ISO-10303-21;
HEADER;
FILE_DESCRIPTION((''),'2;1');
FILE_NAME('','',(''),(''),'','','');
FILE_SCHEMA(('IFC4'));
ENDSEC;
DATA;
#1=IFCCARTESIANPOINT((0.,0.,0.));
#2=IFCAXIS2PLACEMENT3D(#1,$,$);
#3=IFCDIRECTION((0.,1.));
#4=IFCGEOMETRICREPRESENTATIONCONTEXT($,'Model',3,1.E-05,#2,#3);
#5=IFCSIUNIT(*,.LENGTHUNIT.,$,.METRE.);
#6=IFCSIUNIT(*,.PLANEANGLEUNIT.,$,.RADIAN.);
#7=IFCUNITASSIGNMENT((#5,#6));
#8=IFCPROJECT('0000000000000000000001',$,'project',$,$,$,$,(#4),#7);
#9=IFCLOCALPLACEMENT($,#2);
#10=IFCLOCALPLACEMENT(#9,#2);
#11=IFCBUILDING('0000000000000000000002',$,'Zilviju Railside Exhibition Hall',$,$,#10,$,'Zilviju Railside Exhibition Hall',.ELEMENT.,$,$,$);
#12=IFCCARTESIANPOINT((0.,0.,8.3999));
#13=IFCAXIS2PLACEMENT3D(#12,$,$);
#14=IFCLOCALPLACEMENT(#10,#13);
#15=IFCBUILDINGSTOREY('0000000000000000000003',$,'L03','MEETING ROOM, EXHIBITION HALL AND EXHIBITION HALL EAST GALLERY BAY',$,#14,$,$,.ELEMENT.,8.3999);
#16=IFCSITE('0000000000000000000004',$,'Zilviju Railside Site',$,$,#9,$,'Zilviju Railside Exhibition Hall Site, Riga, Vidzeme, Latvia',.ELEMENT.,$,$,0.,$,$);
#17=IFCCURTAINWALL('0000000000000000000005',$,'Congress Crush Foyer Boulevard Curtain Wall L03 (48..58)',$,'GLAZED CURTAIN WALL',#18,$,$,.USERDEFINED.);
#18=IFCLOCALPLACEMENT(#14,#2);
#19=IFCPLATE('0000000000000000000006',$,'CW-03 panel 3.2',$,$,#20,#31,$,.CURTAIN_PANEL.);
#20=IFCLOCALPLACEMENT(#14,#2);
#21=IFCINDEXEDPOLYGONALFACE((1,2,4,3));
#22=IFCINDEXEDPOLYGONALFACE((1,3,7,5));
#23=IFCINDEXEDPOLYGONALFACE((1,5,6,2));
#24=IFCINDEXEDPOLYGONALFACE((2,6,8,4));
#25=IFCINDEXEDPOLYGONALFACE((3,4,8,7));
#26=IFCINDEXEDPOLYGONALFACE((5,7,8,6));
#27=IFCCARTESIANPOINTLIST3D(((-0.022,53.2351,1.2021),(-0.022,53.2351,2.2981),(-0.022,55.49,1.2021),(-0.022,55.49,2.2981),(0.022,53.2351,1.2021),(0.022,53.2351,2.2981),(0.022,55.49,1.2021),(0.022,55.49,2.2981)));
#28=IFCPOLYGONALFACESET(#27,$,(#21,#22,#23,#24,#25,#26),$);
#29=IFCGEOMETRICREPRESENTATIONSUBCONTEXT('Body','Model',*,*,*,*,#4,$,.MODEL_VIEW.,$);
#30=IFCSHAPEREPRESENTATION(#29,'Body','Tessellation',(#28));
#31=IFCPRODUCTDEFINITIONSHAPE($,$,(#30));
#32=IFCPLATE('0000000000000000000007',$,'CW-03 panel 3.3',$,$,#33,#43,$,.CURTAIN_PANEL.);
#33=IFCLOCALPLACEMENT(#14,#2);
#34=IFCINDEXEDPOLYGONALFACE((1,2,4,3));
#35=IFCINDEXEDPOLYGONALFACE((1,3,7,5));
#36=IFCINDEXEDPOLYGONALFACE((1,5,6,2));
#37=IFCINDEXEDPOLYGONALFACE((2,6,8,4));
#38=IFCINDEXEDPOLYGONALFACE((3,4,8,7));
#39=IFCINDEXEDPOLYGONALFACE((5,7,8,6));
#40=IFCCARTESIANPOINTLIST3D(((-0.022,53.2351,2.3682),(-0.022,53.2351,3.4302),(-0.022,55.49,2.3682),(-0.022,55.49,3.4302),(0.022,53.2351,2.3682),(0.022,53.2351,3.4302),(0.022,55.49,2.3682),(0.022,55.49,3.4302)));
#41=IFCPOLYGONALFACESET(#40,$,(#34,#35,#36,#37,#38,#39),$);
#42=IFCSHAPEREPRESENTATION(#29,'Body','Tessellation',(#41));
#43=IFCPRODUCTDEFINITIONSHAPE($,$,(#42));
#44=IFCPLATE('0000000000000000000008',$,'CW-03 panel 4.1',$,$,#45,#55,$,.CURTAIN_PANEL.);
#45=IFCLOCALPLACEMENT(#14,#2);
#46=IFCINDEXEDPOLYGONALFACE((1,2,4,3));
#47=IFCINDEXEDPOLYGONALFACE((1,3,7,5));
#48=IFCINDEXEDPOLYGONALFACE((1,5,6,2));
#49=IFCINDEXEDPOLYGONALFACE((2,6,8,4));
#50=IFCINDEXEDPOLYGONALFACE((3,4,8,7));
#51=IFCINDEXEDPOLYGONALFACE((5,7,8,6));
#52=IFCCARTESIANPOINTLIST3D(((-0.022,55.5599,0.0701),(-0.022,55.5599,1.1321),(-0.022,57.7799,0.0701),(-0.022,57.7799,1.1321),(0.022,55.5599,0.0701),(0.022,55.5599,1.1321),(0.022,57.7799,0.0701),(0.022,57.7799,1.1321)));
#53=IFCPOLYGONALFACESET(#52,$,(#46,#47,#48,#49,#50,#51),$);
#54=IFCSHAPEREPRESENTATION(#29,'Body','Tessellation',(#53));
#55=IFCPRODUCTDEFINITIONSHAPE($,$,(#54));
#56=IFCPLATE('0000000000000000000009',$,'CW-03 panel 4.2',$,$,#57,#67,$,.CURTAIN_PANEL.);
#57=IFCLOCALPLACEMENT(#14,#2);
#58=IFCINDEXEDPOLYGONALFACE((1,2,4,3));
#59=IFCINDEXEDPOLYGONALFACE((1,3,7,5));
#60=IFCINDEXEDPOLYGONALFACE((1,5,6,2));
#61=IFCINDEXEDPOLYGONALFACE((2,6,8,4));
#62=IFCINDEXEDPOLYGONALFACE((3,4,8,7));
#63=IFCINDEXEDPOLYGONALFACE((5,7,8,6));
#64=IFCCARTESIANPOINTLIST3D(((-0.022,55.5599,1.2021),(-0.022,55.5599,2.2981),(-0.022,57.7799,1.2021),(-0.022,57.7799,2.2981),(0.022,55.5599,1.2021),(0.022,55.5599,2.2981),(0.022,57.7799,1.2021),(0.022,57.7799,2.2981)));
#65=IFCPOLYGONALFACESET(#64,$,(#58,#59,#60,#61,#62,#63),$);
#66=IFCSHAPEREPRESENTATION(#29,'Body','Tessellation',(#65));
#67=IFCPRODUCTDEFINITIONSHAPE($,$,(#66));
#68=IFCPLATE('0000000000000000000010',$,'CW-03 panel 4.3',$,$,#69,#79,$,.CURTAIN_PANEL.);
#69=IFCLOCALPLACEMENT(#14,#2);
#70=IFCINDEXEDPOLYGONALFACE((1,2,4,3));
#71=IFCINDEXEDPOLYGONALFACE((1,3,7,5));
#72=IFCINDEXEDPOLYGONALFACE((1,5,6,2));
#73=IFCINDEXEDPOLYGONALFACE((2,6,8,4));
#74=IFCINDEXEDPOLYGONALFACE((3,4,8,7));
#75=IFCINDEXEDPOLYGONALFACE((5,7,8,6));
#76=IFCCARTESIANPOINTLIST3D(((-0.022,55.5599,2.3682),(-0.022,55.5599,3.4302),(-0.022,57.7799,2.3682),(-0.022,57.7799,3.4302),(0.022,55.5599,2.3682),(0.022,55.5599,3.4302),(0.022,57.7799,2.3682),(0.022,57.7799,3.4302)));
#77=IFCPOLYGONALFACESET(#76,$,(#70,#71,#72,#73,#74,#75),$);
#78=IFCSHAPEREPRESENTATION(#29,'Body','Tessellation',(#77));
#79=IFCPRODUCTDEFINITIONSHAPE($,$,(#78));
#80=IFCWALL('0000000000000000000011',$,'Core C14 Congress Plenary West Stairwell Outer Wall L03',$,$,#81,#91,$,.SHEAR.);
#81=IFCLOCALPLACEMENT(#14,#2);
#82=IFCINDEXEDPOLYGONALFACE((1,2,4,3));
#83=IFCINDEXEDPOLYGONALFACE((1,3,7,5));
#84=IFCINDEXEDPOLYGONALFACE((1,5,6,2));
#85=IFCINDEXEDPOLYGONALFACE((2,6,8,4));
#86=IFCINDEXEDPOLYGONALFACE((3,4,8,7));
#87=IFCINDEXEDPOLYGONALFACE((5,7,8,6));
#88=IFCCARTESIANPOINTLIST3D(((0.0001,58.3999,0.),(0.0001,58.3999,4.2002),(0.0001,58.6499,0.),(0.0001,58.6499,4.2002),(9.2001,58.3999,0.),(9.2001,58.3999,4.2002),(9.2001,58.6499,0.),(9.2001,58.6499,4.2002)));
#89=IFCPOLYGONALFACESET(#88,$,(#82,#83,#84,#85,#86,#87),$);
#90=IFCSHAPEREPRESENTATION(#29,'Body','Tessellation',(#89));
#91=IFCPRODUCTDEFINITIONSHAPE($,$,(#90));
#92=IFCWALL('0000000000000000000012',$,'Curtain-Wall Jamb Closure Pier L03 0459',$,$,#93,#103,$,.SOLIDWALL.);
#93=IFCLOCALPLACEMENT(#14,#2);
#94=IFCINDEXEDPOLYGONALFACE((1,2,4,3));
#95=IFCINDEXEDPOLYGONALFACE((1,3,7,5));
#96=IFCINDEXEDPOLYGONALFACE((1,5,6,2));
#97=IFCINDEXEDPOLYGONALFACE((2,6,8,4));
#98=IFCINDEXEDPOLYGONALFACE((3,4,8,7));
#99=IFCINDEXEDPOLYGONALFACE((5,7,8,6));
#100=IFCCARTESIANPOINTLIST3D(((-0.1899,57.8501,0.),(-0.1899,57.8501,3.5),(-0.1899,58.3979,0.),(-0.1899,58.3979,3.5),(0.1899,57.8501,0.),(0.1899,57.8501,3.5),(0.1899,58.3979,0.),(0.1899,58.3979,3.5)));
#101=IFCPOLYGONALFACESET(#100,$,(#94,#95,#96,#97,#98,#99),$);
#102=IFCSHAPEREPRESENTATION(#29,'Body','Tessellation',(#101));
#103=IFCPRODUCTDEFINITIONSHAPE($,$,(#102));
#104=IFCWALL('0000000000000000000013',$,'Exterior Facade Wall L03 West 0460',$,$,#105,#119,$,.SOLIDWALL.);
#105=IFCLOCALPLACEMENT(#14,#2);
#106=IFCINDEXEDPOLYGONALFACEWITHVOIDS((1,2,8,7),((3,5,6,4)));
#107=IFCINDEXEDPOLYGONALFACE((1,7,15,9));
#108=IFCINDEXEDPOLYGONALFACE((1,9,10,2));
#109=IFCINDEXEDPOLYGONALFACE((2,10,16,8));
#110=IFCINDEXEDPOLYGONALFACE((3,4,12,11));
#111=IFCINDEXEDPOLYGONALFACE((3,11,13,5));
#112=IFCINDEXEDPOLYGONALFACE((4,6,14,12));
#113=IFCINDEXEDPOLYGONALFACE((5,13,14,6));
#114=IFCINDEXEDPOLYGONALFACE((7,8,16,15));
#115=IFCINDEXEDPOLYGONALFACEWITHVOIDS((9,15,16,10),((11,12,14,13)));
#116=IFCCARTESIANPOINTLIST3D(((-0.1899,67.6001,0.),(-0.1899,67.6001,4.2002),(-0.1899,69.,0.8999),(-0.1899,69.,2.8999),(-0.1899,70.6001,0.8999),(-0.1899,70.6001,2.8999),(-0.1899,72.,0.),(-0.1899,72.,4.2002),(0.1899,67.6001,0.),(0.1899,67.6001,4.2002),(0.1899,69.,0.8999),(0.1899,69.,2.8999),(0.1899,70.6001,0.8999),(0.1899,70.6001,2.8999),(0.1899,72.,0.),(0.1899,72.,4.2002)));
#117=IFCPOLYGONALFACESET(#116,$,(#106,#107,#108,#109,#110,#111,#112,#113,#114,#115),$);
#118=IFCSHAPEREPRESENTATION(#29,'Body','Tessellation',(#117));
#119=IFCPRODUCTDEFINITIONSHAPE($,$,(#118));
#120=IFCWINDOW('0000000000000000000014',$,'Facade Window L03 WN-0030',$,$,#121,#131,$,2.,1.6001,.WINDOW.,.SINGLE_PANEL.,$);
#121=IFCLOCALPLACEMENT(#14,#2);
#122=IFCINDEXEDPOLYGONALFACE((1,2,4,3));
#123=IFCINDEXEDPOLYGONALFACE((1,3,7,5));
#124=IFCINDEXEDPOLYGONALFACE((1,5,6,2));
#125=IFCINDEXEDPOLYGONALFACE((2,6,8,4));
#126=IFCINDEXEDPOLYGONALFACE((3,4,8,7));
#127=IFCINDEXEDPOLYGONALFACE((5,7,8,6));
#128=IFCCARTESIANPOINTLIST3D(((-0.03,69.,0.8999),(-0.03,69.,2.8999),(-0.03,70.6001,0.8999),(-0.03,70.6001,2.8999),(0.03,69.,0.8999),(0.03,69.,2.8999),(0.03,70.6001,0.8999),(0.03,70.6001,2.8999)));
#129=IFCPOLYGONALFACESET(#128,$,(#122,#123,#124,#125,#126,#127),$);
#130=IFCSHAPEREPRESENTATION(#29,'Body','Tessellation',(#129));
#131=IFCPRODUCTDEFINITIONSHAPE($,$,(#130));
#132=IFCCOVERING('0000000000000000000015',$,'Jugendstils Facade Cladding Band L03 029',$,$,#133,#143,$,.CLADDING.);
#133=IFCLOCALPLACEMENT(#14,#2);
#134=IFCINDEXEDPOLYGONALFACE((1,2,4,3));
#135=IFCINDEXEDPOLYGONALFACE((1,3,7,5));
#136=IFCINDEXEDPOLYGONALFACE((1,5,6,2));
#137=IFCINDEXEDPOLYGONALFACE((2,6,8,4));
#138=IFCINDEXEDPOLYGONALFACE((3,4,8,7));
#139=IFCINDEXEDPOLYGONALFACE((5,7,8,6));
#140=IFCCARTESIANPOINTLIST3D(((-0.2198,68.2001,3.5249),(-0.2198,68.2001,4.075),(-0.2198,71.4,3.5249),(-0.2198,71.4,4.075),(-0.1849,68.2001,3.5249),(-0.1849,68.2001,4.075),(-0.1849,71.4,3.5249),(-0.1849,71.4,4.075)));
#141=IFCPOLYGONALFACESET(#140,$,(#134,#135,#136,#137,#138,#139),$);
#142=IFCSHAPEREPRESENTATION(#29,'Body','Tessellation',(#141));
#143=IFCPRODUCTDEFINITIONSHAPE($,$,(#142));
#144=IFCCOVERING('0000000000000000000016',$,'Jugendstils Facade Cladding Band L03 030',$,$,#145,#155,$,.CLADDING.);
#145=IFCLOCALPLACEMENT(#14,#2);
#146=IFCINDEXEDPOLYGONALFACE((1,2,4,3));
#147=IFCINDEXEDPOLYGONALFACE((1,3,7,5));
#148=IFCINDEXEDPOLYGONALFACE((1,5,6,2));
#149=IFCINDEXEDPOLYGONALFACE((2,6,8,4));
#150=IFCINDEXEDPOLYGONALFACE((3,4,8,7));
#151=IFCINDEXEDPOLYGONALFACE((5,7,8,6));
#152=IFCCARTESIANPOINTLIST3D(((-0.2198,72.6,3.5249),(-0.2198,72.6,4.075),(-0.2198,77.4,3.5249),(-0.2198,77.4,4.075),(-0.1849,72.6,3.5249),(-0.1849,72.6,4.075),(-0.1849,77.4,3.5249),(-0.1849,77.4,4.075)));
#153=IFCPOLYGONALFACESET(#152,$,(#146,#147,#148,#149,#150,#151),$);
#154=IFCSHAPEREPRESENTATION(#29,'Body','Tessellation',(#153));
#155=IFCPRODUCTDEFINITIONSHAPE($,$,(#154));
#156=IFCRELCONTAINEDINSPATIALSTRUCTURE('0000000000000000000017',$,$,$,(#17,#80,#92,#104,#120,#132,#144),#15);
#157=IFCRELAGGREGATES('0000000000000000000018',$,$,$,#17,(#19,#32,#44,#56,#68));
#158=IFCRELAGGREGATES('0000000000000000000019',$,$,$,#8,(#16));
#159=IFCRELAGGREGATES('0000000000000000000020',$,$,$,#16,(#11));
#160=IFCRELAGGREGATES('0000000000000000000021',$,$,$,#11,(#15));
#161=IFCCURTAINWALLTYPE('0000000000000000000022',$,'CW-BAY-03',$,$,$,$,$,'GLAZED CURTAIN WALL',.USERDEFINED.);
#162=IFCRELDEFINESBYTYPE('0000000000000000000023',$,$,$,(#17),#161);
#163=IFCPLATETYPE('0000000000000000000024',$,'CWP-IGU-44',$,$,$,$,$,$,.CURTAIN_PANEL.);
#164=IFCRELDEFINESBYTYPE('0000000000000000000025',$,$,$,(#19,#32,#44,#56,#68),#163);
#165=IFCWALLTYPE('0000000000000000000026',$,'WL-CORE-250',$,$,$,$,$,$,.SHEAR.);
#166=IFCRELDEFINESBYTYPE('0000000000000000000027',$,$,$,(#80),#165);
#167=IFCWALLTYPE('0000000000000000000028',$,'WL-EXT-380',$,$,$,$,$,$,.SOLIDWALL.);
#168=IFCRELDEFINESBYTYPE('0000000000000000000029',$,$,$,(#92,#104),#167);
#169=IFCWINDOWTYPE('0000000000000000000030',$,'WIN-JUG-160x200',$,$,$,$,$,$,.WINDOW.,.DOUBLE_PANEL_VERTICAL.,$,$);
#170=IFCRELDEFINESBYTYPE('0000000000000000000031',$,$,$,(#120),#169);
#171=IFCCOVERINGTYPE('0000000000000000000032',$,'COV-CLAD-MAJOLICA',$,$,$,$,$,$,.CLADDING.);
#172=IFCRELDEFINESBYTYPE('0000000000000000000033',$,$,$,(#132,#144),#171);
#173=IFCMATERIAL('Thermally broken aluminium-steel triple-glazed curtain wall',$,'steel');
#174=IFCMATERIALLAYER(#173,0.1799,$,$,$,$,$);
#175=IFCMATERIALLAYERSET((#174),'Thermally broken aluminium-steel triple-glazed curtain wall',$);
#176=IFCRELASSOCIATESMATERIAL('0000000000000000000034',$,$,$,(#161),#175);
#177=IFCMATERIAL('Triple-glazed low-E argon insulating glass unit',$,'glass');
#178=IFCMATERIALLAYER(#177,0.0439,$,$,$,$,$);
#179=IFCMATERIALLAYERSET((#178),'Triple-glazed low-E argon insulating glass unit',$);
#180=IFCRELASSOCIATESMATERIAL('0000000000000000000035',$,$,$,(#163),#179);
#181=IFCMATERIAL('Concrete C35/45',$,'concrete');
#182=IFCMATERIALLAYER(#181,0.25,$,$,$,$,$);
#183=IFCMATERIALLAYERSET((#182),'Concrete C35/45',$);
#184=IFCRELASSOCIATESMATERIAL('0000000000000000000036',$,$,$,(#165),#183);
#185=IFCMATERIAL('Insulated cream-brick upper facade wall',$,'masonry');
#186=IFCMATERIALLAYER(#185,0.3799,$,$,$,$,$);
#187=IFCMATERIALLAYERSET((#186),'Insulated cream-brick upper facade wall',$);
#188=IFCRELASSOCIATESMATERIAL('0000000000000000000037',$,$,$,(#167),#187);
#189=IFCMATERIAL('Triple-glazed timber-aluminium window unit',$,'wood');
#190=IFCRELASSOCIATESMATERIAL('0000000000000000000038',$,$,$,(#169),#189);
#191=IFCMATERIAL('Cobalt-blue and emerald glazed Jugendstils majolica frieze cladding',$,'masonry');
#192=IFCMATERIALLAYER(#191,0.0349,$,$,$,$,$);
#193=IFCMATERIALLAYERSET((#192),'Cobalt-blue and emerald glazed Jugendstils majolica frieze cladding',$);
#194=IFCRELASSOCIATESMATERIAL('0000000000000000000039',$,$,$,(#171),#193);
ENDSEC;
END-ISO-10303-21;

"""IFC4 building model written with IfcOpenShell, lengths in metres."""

from ifc_helpers import new_model, si_unit, direction, frame, frame_2d, origin, origin_2d, place, context, subcontext, project, spatial, rectangle, extrude, material, layer, layer_set, type_object, element, fill, aggregate, save


model = new_model("IFC4")

# Units and contexts
model_context = context("Model", 3, precision=1e-05, world=origin(), true_north=direction((0.0, 1.0)))
body_context = subcontext(model_context, "Body", "Model", "MODEL_VIEW")
ifc_project = project(units=[si_unit("LENGTHUNIT", "METRE"), si_unit("PLANEANGLEUNIT", "RADIAN")], contexts=[model_context])

# Site, building, storey
site_placement = place(None, origin())
site = spatial("IfcSite", under=ifc_project, at=site_placement, Name="Zilviju Railside Site", LongName="Zilviju Railside Exhibition Hall Site, Riga, Vidzeme, Latvia", CompositionType="ELEMENT", RefElevation=0.0)
building_placement = place(site_placement, origin())
building = spatial("IfcBuilding", under=site, at=building_placement, Name="Zilviju Railside Exhibition Hall", LongName="Zilviju Railside Exhibition Hall", CompositionType="ELEMENT")
storey_placement = place(building_placement, frame((0.0, 0.0, 8.3999)))
storey = spatial("IfcBuildingStorey", under=building, at=storey_placement, Name="L03", Description="MEETING ROOM, EXHIBITION HALL AND EXHIBITION HALL EAST GALLERY BAY", CompositionType="ELEMENT", Elevation=8.3999)

# Curtain wall, plates
ifc_material_1 = material(Name="Thermally broken aluminium-steel triple-glazed curtain wall", Category="steel")
ifc_layer_1 = layer(ifc_material_1, 0.1799)
ifc_layer_set_1 = layer_set([ifc_layer_1], Name="Thermally broken aluminium-steel triple-glazed curtain wall")
curtain_wall_type = type_object("IfcCurtainWallType", Name="CW-BAY-03", ElementType="GLAZED CURTAIN WALL", PredefinedType="USERDEFINED", material=ifc_layer_set_1)
curtain_wall_placement = place(storey_placement, origin())
curtain_wall = element("IfcCurtainWall", 1, at=curtain_wall_placement, inside=storey, type_object=curtain_wall_type, Name="Congress Crush Foyer Boulevard Curtain Wall L03 (48..58)", ObjectType="GLAZED CURTAIN WALL", PredefinedType="USERDEFINED")
ifc_material_2 = material(Name="Triple-glazed low-E argon insulating glass unit", Category="glass")
ifc_layer_2 = layer(ifc_material_2, 0.0439)
ifc_layer_set_2 = layer_set([ifc_layer_2], Name="Triple-glazed low-E argon insulating glass unit")
plate_type = type_object("IfcPlateType", Name="CWP-IGU-44", PredefinedType="CURTAIN_PANEL", material=ifc_layer_set_2)
plate_1_placement = place(storey_placement, frame((0.0, 54.3625, 1.2021), z_axis=(0.0, 0.0, 1.0), x_axis=(0.0, 1.0, 0.0)))
plate_1 = element("IfcPlate", 2, at=plate_1_placement, type_object=plate_type, Name="CW-03 panel 3.2", PredefinedType="CURTAIN_PANEL", context=body_context, shape_type="SweptSolid", body=[
    extrude(rectangle(XDim=2.2549, YDim=0.0439, at=origin_2d()), origin(), (0.0, 0.0, 1.0), 1.0959),
])
plate_2_placement = place(storey_placement, frame((0.0, 54.3625, 2.3682), z_axis=(0.0, 0.0, 1.0), x_axis=(0.0, 1.0, 0.0)))
plate_2 = element("IfcPlate", 3, at=plate_2_placement, type_object=plate_type, Name="CW-03 panel 3.3", PredefinedType="CURTAIN_PANEL", context=body_context, shape_type="SweptSolid", body=[
    extrude(rectangle(XDim=2.2549, YDim=0.0439, at=origin_2d()), origin(), (0.0, 0.0, 1.0), 1.062),
])
plate_3_placement = place(storey_placement, frame((0.0, 56.6699, 0.0701), z_axis=(0.0, 0.0, 1.0), x_axis=(0.0, 1.0, 0.0)))
plate_3 = element("IfcPlate", 4, at=plate_3_placement, type_object=plate_type, Name="CW-03 panel 4.1", PredefinedType="CURTAIN_PANEL", context=body_context, shape_type="SweptSolid", body=[
    extrude(rectangle(XDim=2.22, YDim=0.0439, at=origin_2d()), origin(), (0.0, 0.0, 1.0), 1.062),
])
plate_4_placement = place(storey_placement, frame((0.0, 56.6699, 1.2021), z_axis=(0.0, 0.0, 1.0), x_axis=(0.0, 1.0, 0.0)))
plate_4 = element("IfcPlate", 5, at=plate_4_placement, type_object=plate_type, Name="CW-03 panel 4.2", PredefinedType="CURTAIN_PANEL", context=body_context, shape_type="SweptSolid", body=[
    extrude(rectangle(XDim=2.22, YDim=0.0439, at=origin_2d()), origin(), (0.0, 0.0, 1.0), 1.0959),
])
plate_5_placement = place(storey_placement, frame((0.0, 56.6699, 2.3682), z_axis=(0.0, 0.0, 1.0), x_axis=(0.0, 1.0, 0.0)))
plate_5 = element("IfcPlate", 6, at=plate_5_placement, type_object=plate_type, Name="CW-03 panel 4.3", PredefinedType="CURTAIN_PANEL", context=body_context, shape_type="SweptSolid", body=[
    extrude(rectangle(XDim=2.22, YDim=0.0439, at=origin_2d()), origin(), (0.0, 0.0, 1.0), 1.062),
])
aggregate(curtain_wall, [plate_1, plate_2, plate_3, plate_4, plate_5])

# Wall
ifc_material_3 = material(Name="Concrete C35/45", Category="concrete")
ifc_layer_3 = layer(ifc_material_3, 0.25)
ifc_layer_set_3 = layer_set([ifc_layer_3], Name="Concrete C35/45")
wall_type_1 = type_object("IfcWallType", Name="WL-CORE-250", PredefinedType="SHEAR", material=ifc_layer_set_3)
wall_1_placement = place(storey_placement, frame((0.0, 58.5249, 0.0), z_axis=(0.0, 0.0, 1.0), x_axis=(1.0, 0.0, 0.0)))
element("IfcWall", 7, at=wall_1_placement, inside=storey, type_object=wall_type_1, Name="Core C14 Congress Plenary West Stairwell Outer Wall L03", PredefinedType="SHEAR", context=body_context, shape_type="SweptSolid", body=[
    extrude(rectangle(XDim=9.2, YDim=0.25, at=frame_2d((4.6001, 0.0))), origin(), (0.0, 0.0, 1.0), 4.2002),
])

# Wall
ifc_material_4 = material(Name="Insulated cream-brick upper facade wall", Category="masonry")
ifc_layer_4 = layer(ifc_material_4, 0.3799)
ifc_layer_set_4 = layer_set([ifc_layer_4], Name="Insulated cream-brick upper facade wall")
wall_type_2 = type_object("IfcWallType", Name="WL-EXT-380", PredefinedType="SOLIDWALL", material=ifc_layer_set_4)
wall_2_placement = place(storey_placement, frame((0.0, 57.8501, 0.0), z_axis=(0.0, 0.0, 1.0), x_axis=(0.0, 1.0, 0.0)))
element("IfcWall", 8, at=wall_2_placement, inside=storey, type_object=wall_type_2, Name="Curtain-Wall Jamb Closure Pier L03 0459", PredefinedType="SOLIDWALL", context=body_context, shape_type="SweptSolid", body=[
    extrude(rectangle(XDim=0.5479, YDim=0.3799, at=frame_2d((0.2739, 0.0))), origin(), (0.0, 0.0, 1.0), 3.5),
])

# Wall, opening, window
wall_3_placement = place(storey_placement, frame((0.0, 67.6001, 0.0), z_axis=(0.0, 0.0, 1.0), x_axis=(0.0, 1.0, 0.0)))
wall_3 = element("IfcWall", 9, at=wall_3_placement, inside=storey, type_object=wall_type_2, Name="Exterior Facade Wall L03 West 0460", PredefinedType="SOLIDWALL", context=body_context, shape_type="SweptSolid", body=[
    extrude(rectangle(XDim=4.3999, YDim=0.3799, at=frame_2d((2.2, 0.0))), origin(), (0.0, 0.0, 1.0), 4.2002),
])
opening_1_placement = place(wall_3_placement, frame((1.3999, 0.0, 0.8999)))
opening_1 = element("IfcOpeningElement", 10, at=opening_1_placement, cuts=wall_3, PredefinedType="OPENING", context=body_context, shape_type="SweptSolid", body=[
    extrude(rectangle(XDim=1.6001, YDim=2.0, at=frame_2d((0.8, 1.0))), frame((0.0, 0.2, 0.0), z_axis=(0.0, -1.0, 0.0), x_axis=(1.0, 0.0, 0.0)), (0.0, 0.0, 1.0), 0.3999),
])
ifc_material_5 = material(Name="Triple-glazed timber-aluminium window unit", Category="wood")
window_type = type_object("IfcWindowType", Name="WIN-JUG-160x200", PartitioningType="DOUBLE_PANEL_VERTICAL", PredefinedType="WINDOW", material=ifc_material_5)
window_placement = place(opening_1_placement, origin())
window = element("IfcWindow", 11, at=window_placement, inside=storey, type_object=window_type, Name="Facade Window L03 WN-0030", OverallHeight=2.0, OverallWidth=1.6001, PartitioningType="SINGLE_PANEL", PredefinedType="WINDOW", context=body_context, shape_type="SweptSolid", body=[
    extrude(rectangle(XDim=1.6001, YDim=2.0, at=frame_2d((0.8, 1.0))), frame((0.0, 0.03, 0.0), z_axis=(0.0, -1.0, 0.0), x_axis=(1.0, 0.0, 0.0)), (0.0, 0.0, 1.0), 0.0601),
])
fill(opening_1, window)

# Coverings
ifc_material_6 = material(Name="Cobalt-blue and emerald glazed Jugendstils majolica frieze cladding", Category="masonry")
ifc_layer_5 = layer(ifc_material_6, 0.0349)
ifc_layer_set_5 = layer_set([ifc_layer_5], Name="Cobalt-blue and emerald glazed Jugendstils majolica frieze cladding")
covering_type = type_object("IfcCoveringType", Name="COV-CLAD-MAJOLICA", PredefinedType="CLADDING", material=ifc_layer_set_5)
covering_1_placement = place(storey_placement, frame((-0.2024, 69.8, 3.5249), z_axis=(0.0, 0.0, 1.0), x_axis=(0.0, 1.0, 0.0)))
element("IfcCovering", 12, at=covering_1_placement, inside=storey, type_object=covering_type, Name="Jugendstils Facade Cladding Band L03 029", PredefinedType="CLADDING", context=body_context, shape_type="SweptSolid", body=[
    extrude(rectangle(XDim=3.2, YDim=0.0349, at=origin_2d()), origin(), (0.0, 0.0, 1.0), 0.55),
])
covering_2_placement = place(storey_placement, frame((-0.2024, 75.0, 3.5249), z_axis=(0.0, 0.0, 1.0), x_axis=(0.0, 1.0, 0.0)))
element("IfcCovering", 13, at=covering_2_placement, inside=storey, type_object=covering_type, Name="Jugendstils Facade Cladding Band L03 030", PredefinedType="CLADDING", context=body_context, shape_type="SweptSolid", body=[
    extrude(rectangle(XDim=4.8, YDim=0.0349, at=origin_2d()), origin(), (0.0, 0.0, 1.0), 0.55),
])

save(model, "model.ifc")
